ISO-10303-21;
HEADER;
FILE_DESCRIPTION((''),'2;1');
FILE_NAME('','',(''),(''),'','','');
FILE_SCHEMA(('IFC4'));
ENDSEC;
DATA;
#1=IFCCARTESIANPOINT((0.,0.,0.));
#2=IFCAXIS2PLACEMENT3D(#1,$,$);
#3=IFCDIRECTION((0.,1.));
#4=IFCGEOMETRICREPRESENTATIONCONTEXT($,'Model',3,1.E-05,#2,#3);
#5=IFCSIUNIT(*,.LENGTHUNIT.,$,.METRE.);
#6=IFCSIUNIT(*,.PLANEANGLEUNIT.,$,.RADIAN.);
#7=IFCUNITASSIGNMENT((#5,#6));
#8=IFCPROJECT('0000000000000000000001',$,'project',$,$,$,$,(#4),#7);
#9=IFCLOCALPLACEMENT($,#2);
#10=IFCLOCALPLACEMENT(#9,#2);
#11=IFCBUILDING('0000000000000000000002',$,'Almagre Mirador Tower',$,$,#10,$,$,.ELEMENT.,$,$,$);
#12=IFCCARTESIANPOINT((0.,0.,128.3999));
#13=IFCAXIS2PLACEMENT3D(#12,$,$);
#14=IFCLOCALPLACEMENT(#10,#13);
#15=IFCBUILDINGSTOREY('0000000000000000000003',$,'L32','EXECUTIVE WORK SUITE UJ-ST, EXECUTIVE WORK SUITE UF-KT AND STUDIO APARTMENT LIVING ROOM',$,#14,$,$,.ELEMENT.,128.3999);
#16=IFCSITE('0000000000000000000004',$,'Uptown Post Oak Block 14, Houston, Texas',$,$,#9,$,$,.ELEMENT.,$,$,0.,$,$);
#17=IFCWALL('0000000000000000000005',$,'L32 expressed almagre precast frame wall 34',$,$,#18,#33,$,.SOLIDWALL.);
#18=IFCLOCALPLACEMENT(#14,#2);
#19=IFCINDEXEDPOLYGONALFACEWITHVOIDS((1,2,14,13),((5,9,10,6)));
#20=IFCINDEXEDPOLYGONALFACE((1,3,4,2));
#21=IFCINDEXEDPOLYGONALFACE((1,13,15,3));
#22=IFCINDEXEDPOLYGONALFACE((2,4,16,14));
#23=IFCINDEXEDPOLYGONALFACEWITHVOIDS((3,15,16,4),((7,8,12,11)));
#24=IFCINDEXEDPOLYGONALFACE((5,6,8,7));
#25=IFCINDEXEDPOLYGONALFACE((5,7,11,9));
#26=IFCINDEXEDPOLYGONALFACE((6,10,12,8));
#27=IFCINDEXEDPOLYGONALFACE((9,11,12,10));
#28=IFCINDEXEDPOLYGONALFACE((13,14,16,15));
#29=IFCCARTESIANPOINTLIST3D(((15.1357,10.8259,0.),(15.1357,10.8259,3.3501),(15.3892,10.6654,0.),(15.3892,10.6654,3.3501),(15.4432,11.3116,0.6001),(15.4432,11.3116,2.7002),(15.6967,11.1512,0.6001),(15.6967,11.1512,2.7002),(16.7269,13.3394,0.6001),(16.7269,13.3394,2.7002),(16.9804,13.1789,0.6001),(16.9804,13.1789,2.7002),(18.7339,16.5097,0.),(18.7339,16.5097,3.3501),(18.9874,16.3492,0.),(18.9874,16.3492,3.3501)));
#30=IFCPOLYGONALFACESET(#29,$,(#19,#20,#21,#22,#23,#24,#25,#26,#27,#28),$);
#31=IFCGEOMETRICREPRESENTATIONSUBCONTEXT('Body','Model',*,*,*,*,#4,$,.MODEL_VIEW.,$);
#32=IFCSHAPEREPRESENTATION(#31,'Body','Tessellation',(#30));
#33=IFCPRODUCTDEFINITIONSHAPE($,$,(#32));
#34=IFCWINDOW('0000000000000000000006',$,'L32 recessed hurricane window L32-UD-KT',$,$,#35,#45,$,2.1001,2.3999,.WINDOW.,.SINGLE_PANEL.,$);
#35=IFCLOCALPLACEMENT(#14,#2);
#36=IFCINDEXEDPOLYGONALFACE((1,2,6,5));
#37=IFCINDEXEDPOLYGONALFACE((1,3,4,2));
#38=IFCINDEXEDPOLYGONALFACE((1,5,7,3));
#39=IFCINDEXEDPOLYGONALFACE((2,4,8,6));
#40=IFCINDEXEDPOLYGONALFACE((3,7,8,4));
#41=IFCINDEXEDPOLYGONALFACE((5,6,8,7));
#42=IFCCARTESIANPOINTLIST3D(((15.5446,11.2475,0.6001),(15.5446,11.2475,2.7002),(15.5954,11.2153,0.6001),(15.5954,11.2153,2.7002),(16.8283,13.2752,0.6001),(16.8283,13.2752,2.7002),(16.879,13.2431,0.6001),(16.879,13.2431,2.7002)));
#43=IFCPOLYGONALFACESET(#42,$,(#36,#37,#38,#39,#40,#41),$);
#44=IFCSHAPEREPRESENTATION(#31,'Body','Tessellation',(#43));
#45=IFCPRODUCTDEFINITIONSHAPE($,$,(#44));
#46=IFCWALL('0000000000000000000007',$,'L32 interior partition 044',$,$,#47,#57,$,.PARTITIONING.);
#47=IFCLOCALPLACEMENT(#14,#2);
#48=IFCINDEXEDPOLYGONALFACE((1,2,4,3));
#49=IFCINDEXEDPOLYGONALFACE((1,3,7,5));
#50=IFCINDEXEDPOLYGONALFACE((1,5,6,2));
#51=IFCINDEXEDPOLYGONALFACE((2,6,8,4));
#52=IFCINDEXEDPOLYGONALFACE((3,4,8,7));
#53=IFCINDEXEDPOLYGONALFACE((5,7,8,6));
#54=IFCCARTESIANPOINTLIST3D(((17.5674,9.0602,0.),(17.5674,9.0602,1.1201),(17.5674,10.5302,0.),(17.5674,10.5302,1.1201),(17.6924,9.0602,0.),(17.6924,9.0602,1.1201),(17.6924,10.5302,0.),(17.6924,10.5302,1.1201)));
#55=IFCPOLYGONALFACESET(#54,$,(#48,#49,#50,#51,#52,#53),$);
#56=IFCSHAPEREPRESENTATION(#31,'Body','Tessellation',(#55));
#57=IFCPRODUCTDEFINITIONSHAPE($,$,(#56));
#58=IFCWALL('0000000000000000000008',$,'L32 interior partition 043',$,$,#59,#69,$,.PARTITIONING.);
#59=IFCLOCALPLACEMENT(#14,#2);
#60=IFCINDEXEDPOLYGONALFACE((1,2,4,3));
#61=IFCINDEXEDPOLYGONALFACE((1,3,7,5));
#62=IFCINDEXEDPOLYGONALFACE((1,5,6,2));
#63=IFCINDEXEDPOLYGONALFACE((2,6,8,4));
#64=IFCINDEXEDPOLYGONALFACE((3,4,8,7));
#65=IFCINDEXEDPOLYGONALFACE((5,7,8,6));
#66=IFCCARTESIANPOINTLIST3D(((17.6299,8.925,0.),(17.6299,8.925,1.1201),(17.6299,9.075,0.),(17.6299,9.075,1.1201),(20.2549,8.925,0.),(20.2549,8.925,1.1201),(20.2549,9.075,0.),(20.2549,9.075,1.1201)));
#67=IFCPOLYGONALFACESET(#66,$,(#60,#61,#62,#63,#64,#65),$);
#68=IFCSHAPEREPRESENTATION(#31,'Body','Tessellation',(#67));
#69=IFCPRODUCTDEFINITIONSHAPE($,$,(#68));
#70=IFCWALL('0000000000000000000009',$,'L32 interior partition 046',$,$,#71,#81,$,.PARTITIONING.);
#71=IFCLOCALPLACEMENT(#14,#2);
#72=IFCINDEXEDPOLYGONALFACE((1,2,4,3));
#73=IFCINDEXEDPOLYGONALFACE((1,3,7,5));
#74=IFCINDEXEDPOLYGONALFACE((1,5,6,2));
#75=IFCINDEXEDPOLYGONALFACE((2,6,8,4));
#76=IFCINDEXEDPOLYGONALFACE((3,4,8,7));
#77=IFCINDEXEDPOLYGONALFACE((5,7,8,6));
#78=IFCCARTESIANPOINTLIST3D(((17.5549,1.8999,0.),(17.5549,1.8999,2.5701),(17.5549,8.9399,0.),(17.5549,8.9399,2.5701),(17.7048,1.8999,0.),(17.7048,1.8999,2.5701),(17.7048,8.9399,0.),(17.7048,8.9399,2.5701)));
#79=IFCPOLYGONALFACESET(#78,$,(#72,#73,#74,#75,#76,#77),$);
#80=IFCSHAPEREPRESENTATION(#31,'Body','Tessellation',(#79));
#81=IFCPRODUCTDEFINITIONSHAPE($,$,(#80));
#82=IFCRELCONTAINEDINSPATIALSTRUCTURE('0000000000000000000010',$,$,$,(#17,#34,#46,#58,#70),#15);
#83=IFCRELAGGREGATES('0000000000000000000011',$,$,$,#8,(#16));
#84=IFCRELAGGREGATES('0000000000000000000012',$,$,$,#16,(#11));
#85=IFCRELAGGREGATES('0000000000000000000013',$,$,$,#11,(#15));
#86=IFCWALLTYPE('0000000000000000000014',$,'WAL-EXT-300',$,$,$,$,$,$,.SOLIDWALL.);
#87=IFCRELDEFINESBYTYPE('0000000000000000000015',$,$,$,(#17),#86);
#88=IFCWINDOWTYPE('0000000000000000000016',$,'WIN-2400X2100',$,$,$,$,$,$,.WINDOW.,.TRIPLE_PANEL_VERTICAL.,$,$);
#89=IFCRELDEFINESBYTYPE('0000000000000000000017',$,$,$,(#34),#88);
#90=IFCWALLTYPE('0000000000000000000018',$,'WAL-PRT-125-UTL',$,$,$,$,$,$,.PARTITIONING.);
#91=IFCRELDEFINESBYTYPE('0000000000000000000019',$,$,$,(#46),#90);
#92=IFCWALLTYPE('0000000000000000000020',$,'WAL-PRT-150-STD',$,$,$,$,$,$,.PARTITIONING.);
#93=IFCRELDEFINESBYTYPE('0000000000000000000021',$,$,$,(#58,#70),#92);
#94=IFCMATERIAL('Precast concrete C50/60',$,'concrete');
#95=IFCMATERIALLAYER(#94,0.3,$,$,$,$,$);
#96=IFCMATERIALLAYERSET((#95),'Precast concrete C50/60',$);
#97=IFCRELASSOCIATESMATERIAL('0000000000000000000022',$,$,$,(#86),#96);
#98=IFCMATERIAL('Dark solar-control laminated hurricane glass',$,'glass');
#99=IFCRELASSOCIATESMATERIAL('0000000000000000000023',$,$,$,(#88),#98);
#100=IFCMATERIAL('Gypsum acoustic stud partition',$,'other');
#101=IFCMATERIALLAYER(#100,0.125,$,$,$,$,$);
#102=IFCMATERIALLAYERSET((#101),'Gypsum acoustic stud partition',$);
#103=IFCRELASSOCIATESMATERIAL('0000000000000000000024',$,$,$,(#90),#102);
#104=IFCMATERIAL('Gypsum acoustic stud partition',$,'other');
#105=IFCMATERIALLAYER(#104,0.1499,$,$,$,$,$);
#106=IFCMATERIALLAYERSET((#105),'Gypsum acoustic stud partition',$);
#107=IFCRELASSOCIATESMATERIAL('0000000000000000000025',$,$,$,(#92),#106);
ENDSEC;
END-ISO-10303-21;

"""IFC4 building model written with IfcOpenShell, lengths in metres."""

from ifc_helpers import new_model, si_unit, direction, frame, frame_2d, origin, place, context, subcontext, project, spatial, rectangle, extrude, material, layer, layer_set, type_object, element, fill, save


model = new_model("IFC4")

# Units and contexts
model_context = context("Model", 3, precision=1e-05, world=origin(), true_north=direction((0.0, 1.0)))
body_context = subcontext(model_context, "Body", "Model", "MODEL_VIEW")
ifc_project = project(units=[si_unit("LENGTHUNIT", "METRE"), si_unit("PLANEANGLEUNIT", "RADIAN")], contexts=[model_context])

# Site, building, storey
site_placement = place(None, origin())
site = spatial("IfcSite", under=ifc_project, at=site_placement, Name="Uptown Post Oak Block 14, Houston, Texas", CompositionType="ELEMENT", RefElevation=0.0)
building_placement = place(site_placement, origin())
building = spatial("IfcBuilding", under=site, at=building_placement, Name="Almagre Mirador Tower", CompositionType="ELEMENT")
storey_placement = place(building_placement, frame((0.0, 0.0, 128.3999)))
storey = spatial("IfcBuildingStorey", under=building, at=storey_placement, Name="L32", Description="EXECUTIVE WORK SUITE UJ-ST, EXECUTIVE WORK SUITE UF-KT AND STUDIO APARTMENT LIVING ROOM", CompositionType="ELEMENT", Elevation=128.3999)

# Shared definitions
ifc_material_1 = material(Name="Precast concrete C50/60", Category="concrete")
ifc_layer_1 = layer(ifc_material_1, 0.3)
ifc_layer_set_1 = layer_set([ifc_layer_1], Name="Precast concrete C50/60")
wall_type_1 = type_object("IfcWallType", Name="WAL-EXT-300", PredefinedType="SOLIDWALL", material=ifc_layer_set_1)

# Wall, opening, window
wall_1_placement = place(storey_placement, frame((15.2625, 10.7456, 0.0), z_axis=(0.0, 0.0, 1.0), x_axis=(0.53488, 0.844928, 0.0)))
wall_1 = element("IfcWall", 1, at=wall_1_placement, inside=storey, type_object=wall_type_1, Name="L32 expressed almagre precast frame wall 34", PredefinedType="SOLIDWALL", context=body_context, shape_type="SweptSolid", body=[
    extrude(rectangle(XDim=6.7271, YDim=0.3, at=frame_2d((3.3635, 0.0))), origin(), (0.0, 0.0, 1.0), 3.3501),
])
opening_1_placement = place(wall_1_placement, frame((0.575, 0.0, 0.6001)))
opening_1 = element("IfcOpeningElement", 2, at=opening_1_placement, cuts=wall_1, PredefinedType="OPENING", context=body_context, shape_type="SweptSolid", body=[
    extrude(rectangle(XDim=2.3999, YDim=2.1001, at=frame_2d((1.2, 1.05))), frame((0.0, 0.1599, 0.0), z_axis=(0.0, -1.0, 0.0), x_axis=(1.0, 0.0, 0.0)), (0.0, 0.0, 1.0), 0.32),
])
ifc_material_2 = material(Name="Dark solar-control laminated hurricane glass", Category="glass")
window_type_1 = type_object("IfcWindowType", Name="WIN-2400X2100", PartitioningType="TRIPLE_PANEL_VERTICAL", PredefinedType="WINDOW", material=ifc_material_2)
window_1_placement = place(opening_1_placement, origin())
window_1 = element("IfcWindow", 3, at=window_1_placement, inside=storey, type_object=window_type_1, Name="L32 recessed hurricane window L32-UD-KT", OverallHeight=2.1001, OverallWidth=2.3999, PartitioningType="SINGLE_PANEL", PredefinedType="WINDOW", context=body_context, shape_type="SweptSolid", body=[
    extrude(rectangle(XDim=2.3999, YDim=2.1001, at=frame_2d((1.2, 1.05))), frame((0.0, 0.03, 0.0), z_axis=(0.0, -1.0, 0.0), x_axis=(1.0, 0.0, 0.0)), (0.0, 0.0, 1.0), 0.0601),
])
fill(opening_1, window_1)

# Walls
ifc_material_3 = material(Name="Gypsum acoustic stud partition", Category="other")
ifc_layer_2 = layer(ifc_material_3, 0.125)
ifc_layer_set_2 = layer_set([ifc_layer_2], Name="Gypsum acoustic stud partition")
wall_type_2 = type_object("IfcWallType", Name="WAL-PRT-125-UTL", PredefinedType="PARTITIONING", material=ifc_layer_set_2)
wall_2_placement = place(storey_placement, frame((17.6299, 10.53, 0.0), z_axis=(0.0, 0.0, 1.0), x_axis=(0.0, -1.0, 0.0)))
element("IfcWall", 4, at=wall_2_placement, inside=storey, type_object=wall_type_2, Name="L32 interior partition 044", PredefinedType="PARTITIONING", context=body_context, shape_type="SweptSolid", body=[
    extrude(rectangle(XDim=1.47, YDim=0.125, at=frame_2d((0.7349, 0.0))), origin(), (0.0, 0.0, 1.0), 1.1201),
])
ifc_material_4 = material(Name="Gypsum acoustic stud partition", Category="other")
ifc_layer_3 = layer(ifc_material_4, 0.1499)
ifc_layer_set_3 = layer_set([ifc_layer_3], Name="Gypsum acoustic stud partition")
wall_type_3 = type_object("IfcWallType", Name="WAL-PRT-150-STD", PredefinedType="PARTITIONING", material=ifc_layer_set_3)
wall_3_placement = place(storey_placement, frame((17.6299, 9.0, 0.0), z_axis=(0.0, 0.0, 1.0), x_axis=(1.0, 0.0, 0.0)))
element("IfcWall", 5, at=wall_3_placement, inside=storey, type_object=wall_type_3, Name="L32 interior partition 043", PredefinedType="PARTITIONING", context=body_context, shape_type="SweptSolid", body=[
    extrude(rectangle(XDim=2.625, YDim=0.1499, at=frame_2d((1.3125, 0.0))), origin(), (0.0, 0.0, 1.0), 1.1201),
])
wall_4_placement = place(storey_placement, frame((17.6299, 8.9399, 0.0), z_axis=(0.0, 0.0, 1.0), x_axis=(0.0, -1.0, 0.0)))
element("IfcWall", 6, at=wall_4_placement, inside=storey, type_object=wall_type_3, Name="L32 interior partition 046", PredefinedType="PARTITIONING", context=body_context, shape_type="SweptSolid", body=[
    extrude(rectangle(XDim=7.04, YDim=0.1499, at=frame_2d((3.52, 0.0))), origin(), (0.0, 0.0, 1.0), 2.5701),
])

save(model, "model.ifc")
